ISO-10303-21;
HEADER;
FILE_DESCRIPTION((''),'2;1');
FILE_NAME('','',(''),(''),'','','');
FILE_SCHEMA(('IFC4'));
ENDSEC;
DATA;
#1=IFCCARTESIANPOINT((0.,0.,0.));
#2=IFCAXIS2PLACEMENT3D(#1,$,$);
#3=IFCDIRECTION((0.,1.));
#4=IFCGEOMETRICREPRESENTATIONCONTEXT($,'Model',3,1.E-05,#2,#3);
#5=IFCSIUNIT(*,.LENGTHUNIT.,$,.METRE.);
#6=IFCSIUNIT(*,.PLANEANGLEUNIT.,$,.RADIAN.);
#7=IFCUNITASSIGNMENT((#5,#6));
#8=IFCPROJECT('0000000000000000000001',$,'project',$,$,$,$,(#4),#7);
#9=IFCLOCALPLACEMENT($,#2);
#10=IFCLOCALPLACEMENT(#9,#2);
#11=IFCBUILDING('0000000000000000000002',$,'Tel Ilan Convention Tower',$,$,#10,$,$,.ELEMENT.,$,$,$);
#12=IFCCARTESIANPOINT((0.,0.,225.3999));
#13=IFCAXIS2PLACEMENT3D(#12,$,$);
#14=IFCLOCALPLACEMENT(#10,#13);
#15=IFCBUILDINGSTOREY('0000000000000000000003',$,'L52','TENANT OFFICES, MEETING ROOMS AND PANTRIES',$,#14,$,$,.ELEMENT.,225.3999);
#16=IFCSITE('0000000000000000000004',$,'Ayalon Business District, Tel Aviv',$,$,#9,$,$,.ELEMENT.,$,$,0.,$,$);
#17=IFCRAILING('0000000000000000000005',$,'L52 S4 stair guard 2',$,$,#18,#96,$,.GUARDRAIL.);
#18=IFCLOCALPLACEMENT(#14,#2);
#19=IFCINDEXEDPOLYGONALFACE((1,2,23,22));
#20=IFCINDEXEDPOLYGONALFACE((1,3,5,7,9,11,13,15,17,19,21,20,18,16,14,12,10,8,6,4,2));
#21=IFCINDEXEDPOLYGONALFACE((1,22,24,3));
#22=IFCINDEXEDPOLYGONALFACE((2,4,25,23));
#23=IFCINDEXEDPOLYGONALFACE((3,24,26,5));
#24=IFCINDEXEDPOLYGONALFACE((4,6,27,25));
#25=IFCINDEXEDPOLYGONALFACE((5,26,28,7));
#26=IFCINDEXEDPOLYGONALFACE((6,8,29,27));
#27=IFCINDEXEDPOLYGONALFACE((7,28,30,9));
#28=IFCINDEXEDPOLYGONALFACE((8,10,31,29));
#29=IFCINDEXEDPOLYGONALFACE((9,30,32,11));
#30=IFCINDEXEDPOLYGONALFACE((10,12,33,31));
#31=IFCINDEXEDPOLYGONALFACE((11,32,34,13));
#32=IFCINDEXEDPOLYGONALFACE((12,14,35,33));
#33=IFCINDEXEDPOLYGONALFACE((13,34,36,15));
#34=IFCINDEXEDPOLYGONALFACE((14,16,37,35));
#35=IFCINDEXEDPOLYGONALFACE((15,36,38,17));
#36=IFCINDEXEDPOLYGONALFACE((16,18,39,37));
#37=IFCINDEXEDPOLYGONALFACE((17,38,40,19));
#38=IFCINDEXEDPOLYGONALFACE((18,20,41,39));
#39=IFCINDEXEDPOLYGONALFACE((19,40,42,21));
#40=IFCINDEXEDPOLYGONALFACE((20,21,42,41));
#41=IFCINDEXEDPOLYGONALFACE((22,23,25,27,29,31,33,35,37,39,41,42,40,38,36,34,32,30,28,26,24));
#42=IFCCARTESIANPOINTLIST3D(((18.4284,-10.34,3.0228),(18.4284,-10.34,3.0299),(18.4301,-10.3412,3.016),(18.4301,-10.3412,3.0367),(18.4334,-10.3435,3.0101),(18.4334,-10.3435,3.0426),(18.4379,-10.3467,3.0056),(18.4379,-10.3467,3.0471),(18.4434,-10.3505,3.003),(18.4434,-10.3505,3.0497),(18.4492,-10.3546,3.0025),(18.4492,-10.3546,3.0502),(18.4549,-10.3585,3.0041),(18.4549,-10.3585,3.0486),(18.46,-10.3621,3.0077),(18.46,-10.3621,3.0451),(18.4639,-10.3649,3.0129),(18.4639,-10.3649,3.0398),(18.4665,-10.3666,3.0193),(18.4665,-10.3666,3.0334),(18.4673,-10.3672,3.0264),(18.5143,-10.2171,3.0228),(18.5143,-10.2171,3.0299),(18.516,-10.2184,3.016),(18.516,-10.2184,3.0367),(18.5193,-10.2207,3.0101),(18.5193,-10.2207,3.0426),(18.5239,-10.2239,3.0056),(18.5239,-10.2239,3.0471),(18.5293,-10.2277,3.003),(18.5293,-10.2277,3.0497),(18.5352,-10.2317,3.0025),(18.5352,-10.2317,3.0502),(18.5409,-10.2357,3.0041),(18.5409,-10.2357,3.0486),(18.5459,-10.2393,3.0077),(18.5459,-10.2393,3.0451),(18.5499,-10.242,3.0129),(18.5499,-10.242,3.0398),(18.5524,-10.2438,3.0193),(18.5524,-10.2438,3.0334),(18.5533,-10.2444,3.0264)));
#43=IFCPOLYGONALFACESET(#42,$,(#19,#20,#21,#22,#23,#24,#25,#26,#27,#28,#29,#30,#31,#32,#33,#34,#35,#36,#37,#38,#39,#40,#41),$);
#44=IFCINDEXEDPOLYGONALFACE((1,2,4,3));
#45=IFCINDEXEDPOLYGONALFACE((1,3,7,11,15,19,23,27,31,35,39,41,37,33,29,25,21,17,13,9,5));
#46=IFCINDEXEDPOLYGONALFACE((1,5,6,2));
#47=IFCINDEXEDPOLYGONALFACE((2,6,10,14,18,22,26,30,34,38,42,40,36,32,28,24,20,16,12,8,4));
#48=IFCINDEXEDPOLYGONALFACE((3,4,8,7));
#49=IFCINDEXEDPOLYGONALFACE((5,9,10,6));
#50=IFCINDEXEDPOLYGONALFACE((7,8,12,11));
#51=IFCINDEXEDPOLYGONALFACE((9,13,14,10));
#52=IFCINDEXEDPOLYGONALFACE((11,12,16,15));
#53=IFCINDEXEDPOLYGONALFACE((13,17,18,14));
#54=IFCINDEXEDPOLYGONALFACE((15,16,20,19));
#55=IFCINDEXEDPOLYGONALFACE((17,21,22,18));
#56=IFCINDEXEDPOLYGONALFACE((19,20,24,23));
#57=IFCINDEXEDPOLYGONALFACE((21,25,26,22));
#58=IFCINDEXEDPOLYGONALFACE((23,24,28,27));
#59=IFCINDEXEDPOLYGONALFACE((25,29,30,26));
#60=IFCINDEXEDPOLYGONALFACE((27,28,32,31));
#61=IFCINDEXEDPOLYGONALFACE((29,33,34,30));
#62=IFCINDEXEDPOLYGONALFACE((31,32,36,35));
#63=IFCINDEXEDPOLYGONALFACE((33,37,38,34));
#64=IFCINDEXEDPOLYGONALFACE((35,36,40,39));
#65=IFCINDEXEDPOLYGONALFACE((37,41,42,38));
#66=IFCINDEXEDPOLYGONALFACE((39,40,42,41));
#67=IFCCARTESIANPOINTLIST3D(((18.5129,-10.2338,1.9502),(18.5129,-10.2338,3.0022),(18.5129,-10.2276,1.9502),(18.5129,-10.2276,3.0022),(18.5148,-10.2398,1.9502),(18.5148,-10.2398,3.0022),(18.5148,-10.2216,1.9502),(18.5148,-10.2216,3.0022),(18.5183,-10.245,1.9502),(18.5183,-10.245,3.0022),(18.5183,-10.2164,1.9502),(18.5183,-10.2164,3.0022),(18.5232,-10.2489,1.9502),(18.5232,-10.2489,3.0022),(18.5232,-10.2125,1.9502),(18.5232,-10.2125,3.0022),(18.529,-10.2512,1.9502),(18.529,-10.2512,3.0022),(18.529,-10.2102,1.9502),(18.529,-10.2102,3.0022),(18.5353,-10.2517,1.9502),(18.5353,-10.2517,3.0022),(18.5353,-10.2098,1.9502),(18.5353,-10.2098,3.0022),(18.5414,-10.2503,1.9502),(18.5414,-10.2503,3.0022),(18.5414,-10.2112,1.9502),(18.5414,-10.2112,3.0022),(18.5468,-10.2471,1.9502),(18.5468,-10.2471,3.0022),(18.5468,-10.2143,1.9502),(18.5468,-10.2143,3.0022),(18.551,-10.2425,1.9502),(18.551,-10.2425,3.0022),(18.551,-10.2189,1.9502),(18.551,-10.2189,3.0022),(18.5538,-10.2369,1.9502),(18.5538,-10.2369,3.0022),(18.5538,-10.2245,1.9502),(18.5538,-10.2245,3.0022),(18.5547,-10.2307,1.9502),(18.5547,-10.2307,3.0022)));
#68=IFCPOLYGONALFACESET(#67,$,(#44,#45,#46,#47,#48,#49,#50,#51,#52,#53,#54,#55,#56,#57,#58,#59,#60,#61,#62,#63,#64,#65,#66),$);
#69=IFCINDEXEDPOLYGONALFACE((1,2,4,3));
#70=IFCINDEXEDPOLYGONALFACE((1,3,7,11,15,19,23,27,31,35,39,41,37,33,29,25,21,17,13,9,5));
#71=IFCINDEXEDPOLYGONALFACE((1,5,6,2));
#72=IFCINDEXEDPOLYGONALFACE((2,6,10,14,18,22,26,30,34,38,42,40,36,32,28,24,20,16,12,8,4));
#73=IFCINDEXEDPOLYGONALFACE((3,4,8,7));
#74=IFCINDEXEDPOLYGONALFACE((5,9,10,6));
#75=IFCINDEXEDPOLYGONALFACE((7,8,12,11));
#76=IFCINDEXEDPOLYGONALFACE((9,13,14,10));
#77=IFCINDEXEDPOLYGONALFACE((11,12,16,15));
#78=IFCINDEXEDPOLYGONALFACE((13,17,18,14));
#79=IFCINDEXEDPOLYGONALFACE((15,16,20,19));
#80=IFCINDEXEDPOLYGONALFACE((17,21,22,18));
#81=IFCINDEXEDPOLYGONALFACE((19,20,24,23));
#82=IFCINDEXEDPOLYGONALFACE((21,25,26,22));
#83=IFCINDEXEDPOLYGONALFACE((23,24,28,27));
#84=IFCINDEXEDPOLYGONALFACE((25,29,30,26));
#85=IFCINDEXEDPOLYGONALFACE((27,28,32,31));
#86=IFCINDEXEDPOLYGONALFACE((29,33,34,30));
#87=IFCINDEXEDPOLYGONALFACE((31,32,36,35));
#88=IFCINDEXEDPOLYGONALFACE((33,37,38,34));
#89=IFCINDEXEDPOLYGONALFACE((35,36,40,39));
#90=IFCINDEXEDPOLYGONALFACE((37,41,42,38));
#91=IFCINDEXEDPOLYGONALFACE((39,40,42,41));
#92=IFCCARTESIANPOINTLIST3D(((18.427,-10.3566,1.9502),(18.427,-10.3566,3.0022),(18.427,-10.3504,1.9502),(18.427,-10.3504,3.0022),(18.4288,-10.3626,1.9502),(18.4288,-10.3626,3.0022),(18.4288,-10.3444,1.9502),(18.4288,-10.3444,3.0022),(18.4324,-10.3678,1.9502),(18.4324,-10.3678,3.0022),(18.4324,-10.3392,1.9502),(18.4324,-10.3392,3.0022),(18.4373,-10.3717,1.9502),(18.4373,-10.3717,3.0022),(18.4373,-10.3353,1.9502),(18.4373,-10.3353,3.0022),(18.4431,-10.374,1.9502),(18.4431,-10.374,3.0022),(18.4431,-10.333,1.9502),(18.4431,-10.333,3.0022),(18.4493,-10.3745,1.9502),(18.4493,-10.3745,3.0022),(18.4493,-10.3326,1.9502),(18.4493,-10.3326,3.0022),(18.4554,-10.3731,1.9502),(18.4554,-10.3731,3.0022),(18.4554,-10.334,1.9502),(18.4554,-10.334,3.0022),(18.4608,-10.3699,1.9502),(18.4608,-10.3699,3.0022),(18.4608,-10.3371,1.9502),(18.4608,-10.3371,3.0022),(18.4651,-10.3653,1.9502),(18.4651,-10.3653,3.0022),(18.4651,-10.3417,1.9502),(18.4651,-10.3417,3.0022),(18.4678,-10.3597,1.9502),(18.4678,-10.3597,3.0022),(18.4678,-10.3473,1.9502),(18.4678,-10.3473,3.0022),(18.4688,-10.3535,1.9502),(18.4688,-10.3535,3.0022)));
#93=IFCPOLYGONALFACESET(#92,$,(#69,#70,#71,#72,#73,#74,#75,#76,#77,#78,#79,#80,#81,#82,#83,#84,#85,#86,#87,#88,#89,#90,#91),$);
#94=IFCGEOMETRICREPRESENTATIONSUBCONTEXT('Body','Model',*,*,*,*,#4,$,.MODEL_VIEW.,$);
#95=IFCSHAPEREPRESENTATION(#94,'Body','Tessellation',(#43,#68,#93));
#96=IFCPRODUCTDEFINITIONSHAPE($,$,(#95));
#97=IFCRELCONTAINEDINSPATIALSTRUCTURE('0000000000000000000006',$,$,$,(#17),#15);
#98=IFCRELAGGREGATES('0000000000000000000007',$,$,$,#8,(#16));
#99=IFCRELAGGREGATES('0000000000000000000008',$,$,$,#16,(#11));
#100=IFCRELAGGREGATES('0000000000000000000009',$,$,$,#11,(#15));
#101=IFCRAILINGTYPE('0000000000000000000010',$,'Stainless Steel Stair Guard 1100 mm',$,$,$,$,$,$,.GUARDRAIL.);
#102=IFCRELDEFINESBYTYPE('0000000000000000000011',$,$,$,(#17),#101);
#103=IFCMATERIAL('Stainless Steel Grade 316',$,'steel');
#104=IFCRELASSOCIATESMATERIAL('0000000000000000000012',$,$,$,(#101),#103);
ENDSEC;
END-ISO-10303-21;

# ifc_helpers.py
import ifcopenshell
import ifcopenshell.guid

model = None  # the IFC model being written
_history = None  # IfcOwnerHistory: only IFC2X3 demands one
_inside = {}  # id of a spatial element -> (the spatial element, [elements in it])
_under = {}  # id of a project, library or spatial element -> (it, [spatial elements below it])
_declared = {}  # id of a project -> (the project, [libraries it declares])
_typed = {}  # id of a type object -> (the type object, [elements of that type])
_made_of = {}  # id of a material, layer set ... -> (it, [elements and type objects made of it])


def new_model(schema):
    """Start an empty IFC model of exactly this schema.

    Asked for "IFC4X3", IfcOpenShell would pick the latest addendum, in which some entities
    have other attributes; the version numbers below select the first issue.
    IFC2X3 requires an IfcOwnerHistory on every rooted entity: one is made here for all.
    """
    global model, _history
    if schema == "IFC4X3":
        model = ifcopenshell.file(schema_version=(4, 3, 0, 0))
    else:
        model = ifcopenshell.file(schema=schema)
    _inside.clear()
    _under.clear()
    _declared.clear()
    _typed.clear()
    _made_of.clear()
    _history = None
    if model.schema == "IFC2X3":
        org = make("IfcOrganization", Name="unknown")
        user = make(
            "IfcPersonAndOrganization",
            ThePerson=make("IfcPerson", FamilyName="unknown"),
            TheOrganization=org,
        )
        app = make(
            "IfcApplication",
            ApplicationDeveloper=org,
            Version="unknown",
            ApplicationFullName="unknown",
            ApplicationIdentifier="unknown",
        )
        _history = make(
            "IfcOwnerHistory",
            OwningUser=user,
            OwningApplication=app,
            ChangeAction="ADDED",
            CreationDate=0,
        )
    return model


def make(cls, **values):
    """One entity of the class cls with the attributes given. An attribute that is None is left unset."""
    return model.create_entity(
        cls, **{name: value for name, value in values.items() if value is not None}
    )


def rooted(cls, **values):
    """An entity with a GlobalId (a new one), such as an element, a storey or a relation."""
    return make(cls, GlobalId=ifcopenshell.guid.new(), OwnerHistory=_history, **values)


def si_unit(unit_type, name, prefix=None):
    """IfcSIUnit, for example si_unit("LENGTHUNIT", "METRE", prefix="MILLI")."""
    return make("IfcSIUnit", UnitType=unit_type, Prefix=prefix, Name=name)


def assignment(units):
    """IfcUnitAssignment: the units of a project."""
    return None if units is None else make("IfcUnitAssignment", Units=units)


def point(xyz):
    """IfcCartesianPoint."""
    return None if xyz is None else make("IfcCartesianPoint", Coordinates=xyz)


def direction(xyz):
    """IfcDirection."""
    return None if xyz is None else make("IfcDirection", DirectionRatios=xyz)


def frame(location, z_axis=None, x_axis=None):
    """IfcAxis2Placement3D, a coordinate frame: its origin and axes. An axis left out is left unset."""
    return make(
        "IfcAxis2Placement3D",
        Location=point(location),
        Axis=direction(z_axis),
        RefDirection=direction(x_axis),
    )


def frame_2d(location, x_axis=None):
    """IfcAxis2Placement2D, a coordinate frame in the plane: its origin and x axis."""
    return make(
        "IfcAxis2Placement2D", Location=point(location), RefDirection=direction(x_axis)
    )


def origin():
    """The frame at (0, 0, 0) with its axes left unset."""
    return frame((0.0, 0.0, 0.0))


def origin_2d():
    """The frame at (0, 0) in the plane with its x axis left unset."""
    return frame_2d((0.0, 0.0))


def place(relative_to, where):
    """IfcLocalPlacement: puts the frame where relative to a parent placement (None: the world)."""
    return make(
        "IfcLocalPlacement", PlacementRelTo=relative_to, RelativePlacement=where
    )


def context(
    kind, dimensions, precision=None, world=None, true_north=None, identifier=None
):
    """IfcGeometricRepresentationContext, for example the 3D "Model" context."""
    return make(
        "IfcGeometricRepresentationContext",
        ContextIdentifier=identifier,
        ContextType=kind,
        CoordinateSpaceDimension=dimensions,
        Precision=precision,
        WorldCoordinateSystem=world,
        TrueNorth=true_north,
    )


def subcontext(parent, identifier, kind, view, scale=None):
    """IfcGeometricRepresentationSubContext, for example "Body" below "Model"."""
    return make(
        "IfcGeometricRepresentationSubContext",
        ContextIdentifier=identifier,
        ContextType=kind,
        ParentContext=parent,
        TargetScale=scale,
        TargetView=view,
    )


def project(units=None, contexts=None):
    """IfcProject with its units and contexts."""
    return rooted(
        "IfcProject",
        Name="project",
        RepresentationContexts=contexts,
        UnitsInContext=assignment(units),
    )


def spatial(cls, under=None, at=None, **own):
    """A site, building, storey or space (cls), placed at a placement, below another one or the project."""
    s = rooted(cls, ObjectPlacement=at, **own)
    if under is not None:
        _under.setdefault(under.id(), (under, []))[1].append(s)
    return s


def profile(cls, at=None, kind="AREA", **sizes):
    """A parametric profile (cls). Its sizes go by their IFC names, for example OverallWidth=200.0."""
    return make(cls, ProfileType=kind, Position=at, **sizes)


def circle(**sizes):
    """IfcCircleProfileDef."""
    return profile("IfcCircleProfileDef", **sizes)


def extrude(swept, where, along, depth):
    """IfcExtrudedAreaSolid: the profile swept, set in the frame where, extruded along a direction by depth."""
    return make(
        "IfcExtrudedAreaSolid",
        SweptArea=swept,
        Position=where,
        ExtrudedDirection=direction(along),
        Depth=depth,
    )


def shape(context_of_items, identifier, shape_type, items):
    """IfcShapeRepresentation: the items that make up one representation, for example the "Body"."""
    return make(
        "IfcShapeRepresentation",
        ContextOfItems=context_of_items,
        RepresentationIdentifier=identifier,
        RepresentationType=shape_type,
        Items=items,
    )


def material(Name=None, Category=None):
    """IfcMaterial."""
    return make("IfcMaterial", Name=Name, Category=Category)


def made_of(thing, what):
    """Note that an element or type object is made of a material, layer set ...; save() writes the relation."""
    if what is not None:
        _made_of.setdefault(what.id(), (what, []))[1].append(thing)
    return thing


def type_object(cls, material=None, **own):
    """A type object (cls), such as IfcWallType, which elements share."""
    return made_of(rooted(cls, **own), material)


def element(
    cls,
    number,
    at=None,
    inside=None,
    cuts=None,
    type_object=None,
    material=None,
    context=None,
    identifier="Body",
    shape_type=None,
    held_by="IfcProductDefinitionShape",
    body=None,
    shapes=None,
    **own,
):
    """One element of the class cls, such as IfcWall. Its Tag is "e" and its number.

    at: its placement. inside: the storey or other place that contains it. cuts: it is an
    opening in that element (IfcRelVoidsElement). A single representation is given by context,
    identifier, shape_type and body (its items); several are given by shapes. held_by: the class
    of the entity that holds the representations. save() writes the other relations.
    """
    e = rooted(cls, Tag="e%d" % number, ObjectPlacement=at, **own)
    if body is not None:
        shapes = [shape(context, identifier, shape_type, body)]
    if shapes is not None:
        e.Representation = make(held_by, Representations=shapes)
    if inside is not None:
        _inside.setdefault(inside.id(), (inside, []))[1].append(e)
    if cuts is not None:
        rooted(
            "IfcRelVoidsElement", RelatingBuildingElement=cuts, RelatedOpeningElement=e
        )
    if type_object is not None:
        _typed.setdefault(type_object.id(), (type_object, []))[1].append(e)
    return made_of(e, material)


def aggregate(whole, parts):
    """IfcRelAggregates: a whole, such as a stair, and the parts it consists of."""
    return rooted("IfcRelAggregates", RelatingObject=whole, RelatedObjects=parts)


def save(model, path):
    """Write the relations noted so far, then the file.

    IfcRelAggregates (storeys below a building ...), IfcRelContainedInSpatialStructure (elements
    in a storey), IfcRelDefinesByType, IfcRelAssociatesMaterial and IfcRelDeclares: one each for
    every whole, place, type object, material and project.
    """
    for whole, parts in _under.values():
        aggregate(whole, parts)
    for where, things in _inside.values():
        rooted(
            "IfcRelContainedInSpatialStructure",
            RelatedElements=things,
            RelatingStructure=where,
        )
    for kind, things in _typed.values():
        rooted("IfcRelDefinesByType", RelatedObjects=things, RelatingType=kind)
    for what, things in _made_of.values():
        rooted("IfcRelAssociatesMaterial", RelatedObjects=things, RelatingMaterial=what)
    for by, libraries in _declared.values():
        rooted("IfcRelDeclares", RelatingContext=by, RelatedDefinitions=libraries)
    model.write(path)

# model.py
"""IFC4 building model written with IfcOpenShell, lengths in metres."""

from ifc_helpers import new_model, si_unit, direction, frame, origin, origin_2d, place, context, subcontext, project, spatial, circle, extrude, material, type_object, element, save


model = new_model("IFC4")

# Units and contexts
model_context = context("Model", 3, precision=1e-05, world=origin(), true_north=direction((0.0, 1.0)))
body_context = subcontext(model_context, "Body", "Model", "MODEL_VIEW")
ifc_project = project(units=[si_unit("LENGTHUNIT", "METRE"), si_unit("PLANEANGLEUNIT", "RADIAN")], contexts=[model_context])

# Site, building, storey
site_placement = place(None, origin())
site = spatial("IfcSite", under=ifc_project, at=site_placement, Name="Ayalon Business District, Tel Aviv", CompositionType="ELEMENT", RefElevation=0.0)
building_placement = place(site_placement, origin())
building = spatial("IfcBuilding", under=site, at=building_placement, Name="Tel Ilan Convention Tower", CompositionType="ELEMENT")
storey_placement = place(building_placement, frame((0.0, 0.0, 225.3999)))
storey = spatial("IfcBuildingStorey", under=building, at=storey_placement, Name="L52", Description="TENANT OFFICES, MEETING ROOMS AND PANTRIES", CompositionType="ELEMENT", Elevation=225.3999)

# Railing
ifc_material_1 = material(Name="Stainless Steel Grade 316", Category="steel")
railing_type_1 = type_object("IfcRailingType", Name="Stainless Steel Stair Guard 1100 mm", PredefinedType="GUARDRAIL", material=ifc_material_1)
railing_1_placement = place(storey_placement, frame((18.5337, -10.2307, 1.9502)))
element("IfcRailing", 1, at=railing_1_placement, inside=storey, type_object=railing_type_1, Name="L52 S4 stair guard 2", PredefinedType="GUARDRAIL", context=body_context, shape_type="SweptSolid", body=[
    extrude(circle(Radius=0.0239, at=origin_2d()), frame((0.0, 0.0, 1.0762), z_axis=(-0.573353, -0.819308, 0.0), x_axis=(0.819308, -0.573353, 0.0)), (0.0, 0.0, 1.0), 0.1499),
    extrude(circle(Radius=0.021, at=origin_2d()), origin(), (0.0, 0.0, 1.0), 1.052),
    extrude(circle(Radius=0.021, at=origin_2d()), frame((-0.0859, -0.1228, 0.0)), (0.0, 0.0, 1.0), 1.052),
])

save(model, "model.ifc")
